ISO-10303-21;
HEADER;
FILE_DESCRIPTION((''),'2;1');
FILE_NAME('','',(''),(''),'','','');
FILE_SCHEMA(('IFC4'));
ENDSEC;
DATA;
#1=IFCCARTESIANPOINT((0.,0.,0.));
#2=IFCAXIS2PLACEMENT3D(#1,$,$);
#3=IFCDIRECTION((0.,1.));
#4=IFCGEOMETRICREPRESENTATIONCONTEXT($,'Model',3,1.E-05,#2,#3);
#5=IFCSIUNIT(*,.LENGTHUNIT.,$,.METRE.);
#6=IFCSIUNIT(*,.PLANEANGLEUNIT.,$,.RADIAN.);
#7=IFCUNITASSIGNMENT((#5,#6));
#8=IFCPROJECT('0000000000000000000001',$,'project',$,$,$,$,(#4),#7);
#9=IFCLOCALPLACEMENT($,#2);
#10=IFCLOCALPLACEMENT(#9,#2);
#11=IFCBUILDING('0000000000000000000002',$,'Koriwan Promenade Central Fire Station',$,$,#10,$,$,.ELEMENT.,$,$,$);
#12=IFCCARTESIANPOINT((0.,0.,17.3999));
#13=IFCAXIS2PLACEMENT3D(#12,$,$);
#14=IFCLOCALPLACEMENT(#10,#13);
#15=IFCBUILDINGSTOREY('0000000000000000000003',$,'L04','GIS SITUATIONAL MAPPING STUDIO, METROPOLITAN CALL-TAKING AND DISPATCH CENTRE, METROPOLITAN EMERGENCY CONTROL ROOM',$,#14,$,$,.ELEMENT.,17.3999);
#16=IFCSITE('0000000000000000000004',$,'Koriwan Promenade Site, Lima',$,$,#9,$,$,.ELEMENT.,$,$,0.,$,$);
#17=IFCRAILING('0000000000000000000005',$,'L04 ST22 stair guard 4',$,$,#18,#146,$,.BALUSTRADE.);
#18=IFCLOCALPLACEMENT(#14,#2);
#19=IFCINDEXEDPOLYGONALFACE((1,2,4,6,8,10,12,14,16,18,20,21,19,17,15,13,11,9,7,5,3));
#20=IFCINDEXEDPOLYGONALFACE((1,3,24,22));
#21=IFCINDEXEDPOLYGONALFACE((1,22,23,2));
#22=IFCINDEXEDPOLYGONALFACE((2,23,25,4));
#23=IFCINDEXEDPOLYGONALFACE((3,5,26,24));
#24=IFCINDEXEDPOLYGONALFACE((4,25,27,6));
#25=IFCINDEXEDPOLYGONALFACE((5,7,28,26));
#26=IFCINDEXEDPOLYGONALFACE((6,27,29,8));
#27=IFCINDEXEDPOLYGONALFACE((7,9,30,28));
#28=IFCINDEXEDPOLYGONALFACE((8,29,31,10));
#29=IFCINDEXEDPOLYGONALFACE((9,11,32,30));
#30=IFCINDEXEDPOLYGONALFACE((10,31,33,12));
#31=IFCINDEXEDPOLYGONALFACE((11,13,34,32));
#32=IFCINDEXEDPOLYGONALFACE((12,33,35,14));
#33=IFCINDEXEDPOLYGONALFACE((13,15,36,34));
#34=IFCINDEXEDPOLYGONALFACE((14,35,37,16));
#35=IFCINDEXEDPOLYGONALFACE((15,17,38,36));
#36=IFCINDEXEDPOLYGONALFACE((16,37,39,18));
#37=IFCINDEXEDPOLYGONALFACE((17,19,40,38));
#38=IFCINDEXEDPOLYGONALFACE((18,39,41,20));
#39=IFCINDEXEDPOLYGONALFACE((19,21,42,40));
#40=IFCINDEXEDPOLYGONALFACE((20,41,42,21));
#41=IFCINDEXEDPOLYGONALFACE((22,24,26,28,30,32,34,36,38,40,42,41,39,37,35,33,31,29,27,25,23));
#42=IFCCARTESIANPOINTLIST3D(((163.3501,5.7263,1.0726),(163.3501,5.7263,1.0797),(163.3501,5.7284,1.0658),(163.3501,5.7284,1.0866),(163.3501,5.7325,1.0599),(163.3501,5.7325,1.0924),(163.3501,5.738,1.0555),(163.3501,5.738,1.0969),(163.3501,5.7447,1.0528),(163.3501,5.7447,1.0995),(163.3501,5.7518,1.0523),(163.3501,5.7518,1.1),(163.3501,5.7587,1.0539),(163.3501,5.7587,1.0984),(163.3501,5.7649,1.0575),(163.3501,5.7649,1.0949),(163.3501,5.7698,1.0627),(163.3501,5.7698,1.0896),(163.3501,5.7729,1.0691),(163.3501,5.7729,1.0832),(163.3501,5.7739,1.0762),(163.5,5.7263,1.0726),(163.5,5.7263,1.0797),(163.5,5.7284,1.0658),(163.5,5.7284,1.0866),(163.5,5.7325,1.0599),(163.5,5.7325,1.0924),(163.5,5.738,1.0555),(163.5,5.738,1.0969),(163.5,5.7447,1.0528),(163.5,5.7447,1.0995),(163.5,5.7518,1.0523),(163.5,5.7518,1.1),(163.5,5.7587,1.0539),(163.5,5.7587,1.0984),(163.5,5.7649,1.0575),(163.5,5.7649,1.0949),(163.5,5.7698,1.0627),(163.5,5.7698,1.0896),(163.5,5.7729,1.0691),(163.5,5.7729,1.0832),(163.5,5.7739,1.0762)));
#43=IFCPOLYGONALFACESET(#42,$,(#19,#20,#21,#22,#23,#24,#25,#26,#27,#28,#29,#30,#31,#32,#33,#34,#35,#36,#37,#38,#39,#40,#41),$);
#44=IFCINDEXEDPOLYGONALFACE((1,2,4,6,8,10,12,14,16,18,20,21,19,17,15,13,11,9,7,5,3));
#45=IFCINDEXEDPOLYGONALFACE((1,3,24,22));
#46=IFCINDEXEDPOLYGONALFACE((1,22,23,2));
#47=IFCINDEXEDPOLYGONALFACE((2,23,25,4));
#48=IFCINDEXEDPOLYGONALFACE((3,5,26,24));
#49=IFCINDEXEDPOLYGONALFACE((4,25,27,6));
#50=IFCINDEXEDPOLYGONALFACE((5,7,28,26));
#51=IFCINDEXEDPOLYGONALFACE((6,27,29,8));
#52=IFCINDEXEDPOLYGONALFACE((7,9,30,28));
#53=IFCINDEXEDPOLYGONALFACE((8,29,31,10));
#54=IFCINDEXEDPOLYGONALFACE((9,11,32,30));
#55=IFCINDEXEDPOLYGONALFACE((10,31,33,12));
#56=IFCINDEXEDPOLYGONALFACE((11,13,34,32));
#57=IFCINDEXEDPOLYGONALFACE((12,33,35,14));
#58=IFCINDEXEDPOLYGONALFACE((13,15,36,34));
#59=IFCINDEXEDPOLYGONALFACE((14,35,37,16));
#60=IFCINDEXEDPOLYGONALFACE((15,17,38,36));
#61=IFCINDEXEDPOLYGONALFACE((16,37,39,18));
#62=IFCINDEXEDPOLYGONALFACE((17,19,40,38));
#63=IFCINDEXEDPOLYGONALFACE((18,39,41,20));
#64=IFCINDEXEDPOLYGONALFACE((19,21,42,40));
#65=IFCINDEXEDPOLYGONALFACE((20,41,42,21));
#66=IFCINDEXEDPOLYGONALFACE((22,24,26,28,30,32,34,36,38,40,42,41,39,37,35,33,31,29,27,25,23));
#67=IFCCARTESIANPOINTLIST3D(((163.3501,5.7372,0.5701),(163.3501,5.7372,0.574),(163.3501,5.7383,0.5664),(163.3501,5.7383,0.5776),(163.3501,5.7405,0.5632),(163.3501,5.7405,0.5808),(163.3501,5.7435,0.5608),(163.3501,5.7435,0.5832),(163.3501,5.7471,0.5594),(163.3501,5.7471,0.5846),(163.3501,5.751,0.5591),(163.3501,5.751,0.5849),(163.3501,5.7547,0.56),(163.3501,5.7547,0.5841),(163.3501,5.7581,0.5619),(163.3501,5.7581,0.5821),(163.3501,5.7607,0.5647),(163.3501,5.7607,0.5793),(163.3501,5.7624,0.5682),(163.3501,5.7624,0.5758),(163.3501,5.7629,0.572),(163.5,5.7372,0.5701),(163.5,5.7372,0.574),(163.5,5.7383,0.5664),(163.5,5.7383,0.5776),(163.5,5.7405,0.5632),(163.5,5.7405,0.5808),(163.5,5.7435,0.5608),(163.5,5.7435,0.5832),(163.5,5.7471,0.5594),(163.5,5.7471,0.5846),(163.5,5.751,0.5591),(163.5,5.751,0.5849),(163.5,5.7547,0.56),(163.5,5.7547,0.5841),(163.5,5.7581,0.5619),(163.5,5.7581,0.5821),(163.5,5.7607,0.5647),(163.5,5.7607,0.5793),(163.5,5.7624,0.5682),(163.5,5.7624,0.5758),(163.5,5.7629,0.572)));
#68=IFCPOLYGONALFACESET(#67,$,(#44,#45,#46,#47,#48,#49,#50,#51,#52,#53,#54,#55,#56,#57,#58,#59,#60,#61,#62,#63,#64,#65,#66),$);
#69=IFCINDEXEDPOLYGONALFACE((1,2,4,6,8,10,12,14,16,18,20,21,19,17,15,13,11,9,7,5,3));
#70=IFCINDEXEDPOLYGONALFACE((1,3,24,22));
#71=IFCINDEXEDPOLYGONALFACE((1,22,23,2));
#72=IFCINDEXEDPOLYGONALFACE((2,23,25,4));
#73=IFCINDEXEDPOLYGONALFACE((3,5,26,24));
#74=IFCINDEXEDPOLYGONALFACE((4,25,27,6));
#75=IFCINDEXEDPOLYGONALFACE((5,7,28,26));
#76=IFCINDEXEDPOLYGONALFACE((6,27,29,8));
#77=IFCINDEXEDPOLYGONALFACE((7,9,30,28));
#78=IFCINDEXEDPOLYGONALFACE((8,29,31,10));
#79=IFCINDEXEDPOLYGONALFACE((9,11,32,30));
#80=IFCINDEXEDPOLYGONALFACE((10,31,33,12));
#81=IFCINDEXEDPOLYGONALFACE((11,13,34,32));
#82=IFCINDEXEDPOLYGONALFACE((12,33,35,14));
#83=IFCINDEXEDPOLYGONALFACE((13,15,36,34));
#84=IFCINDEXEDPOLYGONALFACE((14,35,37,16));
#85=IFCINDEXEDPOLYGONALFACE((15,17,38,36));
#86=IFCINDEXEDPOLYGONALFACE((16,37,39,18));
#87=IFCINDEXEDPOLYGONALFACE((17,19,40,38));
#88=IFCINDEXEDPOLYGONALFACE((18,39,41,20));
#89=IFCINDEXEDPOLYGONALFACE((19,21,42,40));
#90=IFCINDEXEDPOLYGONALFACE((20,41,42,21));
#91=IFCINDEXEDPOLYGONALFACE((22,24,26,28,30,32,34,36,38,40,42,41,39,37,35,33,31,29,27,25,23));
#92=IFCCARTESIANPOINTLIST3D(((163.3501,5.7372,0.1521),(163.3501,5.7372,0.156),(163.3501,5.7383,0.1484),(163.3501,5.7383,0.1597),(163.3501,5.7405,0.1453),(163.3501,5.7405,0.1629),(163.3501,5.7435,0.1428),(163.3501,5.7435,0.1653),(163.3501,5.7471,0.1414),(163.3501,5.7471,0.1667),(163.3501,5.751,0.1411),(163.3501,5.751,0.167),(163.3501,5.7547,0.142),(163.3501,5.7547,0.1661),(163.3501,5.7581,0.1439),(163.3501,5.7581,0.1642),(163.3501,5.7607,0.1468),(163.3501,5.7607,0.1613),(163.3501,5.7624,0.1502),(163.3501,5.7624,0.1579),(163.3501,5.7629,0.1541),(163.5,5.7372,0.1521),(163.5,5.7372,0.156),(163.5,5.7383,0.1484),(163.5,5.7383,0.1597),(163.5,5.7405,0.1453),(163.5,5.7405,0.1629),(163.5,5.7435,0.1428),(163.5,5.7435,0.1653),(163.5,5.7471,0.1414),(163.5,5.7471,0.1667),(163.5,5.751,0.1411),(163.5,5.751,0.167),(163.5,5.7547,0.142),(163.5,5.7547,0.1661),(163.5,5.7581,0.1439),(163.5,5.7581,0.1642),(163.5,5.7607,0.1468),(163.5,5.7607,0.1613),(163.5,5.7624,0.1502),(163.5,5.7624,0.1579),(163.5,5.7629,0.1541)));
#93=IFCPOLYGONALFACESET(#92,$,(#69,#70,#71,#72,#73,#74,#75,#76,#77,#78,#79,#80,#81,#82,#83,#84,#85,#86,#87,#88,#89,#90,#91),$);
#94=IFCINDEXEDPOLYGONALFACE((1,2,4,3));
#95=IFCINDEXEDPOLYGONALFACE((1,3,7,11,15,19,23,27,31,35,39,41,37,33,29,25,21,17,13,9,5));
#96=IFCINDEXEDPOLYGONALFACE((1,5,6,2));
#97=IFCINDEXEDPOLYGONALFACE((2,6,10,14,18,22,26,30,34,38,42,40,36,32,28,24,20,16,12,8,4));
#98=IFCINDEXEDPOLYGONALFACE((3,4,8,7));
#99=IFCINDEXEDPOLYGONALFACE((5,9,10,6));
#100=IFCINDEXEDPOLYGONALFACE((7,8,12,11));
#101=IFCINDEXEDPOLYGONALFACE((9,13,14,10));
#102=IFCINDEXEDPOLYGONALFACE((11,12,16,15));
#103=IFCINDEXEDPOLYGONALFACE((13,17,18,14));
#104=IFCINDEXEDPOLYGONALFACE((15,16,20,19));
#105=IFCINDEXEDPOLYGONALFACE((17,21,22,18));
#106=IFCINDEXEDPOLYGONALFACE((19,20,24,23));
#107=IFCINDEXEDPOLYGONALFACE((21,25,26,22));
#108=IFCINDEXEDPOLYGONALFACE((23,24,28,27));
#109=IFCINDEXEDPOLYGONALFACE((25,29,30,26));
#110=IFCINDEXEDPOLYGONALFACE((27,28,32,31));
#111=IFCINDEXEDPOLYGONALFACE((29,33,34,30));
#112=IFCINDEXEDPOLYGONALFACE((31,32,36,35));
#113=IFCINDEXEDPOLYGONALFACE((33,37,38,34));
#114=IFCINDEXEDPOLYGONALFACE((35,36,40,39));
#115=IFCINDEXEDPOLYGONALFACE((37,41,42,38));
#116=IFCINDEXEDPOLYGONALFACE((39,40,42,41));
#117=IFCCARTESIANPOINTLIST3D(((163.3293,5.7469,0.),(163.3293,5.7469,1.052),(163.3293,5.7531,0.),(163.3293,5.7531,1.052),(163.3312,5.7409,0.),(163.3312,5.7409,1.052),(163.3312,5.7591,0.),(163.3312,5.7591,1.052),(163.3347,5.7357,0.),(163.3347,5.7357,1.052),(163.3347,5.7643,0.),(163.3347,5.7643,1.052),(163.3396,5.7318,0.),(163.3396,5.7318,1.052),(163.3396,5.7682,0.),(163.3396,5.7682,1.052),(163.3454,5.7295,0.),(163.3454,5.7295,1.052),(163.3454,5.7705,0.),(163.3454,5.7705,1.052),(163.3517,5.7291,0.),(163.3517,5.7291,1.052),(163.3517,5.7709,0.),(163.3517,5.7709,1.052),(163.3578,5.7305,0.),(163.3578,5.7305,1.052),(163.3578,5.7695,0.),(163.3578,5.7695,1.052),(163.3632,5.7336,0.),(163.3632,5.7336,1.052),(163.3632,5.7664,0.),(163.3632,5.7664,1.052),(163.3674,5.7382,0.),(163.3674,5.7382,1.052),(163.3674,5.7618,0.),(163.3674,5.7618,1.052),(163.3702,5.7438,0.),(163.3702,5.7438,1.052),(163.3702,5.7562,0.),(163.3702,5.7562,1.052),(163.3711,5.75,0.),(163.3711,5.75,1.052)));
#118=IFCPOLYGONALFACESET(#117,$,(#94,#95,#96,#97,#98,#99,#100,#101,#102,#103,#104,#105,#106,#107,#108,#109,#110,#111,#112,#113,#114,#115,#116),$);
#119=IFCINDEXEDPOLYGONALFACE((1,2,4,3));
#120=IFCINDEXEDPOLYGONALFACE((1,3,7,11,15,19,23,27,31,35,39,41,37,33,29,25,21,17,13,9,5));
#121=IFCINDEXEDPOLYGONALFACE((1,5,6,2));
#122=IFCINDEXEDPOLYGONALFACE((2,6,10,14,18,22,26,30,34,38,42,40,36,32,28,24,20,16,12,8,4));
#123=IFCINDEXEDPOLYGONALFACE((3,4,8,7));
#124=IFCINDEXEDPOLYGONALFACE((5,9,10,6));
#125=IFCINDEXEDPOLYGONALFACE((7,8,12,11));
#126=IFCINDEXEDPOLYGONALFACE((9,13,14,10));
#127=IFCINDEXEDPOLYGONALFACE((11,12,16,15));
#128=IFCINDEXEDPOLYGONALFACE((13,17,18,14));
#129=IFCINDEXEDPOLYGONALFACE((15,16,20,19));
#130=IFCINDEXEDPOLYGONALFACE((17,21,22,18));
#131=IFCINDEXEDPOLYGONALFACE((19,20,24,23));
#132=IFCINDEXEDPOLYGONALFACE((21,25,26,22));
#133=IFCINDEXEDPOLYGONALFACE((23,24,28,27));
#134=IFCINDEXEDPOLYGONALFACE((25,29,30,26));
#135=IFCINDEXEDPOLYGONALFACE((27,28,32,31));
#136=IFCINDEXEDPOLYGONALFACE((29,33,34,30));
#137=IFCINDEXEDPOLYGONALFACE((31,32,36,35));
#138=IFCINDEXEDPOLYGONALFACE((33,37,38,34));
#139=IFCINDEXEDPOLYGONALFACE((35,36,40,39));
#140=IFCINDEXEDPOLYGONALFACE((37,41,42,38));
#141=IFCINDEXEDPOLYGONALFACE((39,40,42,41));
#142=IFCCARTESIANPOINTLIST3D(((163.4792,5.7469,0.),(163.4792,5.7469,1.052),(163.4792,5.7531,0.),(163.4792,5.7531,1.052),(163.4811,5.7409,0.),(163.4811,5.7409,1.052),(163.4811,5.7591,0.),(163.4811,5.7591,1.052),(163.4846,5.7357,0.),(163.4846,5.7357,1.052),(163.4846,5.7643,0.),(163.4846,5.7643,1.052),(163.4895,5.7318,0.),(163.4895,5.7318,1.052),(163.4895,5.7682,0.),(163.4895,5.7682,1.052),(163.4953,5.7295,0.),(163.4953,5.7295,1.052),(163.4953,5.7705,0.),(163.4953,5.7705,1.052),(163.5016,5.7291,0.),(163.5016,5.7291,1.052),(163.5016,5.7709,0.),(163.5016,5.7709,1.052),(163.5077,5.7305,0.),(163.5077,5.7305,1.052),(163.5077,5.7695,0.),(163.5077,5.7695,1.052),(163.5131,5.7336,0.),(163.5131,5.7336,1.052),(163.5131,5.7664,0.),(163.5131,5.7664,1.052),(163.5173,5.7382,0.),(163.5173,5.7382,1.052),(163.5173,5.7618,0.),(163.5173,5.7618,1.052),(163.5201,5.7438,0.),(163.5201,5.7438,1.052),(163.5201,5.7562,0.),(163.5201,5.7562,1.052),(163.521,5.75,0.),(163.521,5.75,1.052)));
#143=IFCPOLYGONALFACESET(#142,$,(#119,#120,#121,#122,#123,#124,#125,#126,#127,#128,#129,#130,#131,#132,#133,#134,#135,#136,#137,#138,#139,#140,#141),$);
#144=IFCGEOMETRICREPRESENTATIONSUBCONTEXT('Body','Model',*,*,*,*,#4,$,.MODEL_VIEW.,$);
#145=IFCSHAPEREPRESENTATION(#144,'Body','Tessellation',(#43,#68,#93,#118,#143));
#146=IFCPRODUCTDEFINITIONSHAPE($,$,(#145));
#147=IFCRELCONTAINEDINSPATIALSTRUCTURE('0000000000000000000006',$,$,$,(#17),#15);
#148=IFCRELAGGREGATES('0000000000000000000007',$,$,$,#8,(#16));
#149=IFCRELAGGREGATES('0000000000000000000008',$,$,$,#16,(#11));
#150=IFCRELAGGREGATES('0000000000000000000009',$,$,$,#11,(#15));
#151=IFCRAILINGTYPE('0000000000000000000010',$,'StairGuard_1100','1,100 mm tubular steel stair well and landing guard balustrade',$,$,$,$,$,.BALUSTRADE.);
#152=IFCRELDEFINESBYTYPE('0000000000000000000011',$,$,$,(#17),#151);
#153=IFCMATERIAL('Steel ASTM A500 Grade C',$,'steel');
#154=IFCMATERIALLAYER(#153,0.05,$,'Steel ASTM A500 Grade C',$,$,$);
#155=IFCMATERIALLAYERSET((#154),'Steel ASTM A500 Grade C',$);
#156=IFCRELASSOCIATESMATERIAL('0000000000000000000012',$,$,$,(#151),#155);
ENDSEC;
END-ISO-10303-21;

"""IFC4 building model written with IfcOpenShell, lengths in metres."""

from ifc_helpers import new_model, si_unit, direction, frame, origin, origin_2d, place, context, subcontext, project, spatial, circle, extrude, material, layer, layer_set, type_object, element, save


model = new_model("IFC4")

# Units and contexts
model_context = context("Model", 3, precision=1e-05, world=origin(), true_north=direction((0.0, 1.0)))
body_context = subcontext(model_context, "Body", "Model", "MODEL_VIEW")
ifc_project = project(units=[si_unit("LENGTHUNIT", "METRE"), si_unit("PLANEANGLEUNIT", "RADIAN")], contexts=[model_context])

# Site, building, storey
site_placement = place(None, origin())
site = spatial("IfcSite", under=ifc_project, at=site_placement, Name="Koriwan Promenade Site, Lima", CompositionType="ELEMENT", RefElevation=0.0)
building_placement = place(site_placement, origin())
building = spatial("IfcBuilding", under=site, at=building_placement, Name="Koriwan Promenade Central Fire Station", CompositionType="ELEMENT")
storey_placement = place(building_placement, frame((0.0, 0.0, 17.3999)))
storey = spatial("IfcBuildingStorey", under=building, at=storey_placement, Name="L04", Description="GIS SITUATIONAL MAPPING STUDIO, METROPOLITAN CALL-TAKING AND DISPATCH CENTRE, METROPOLITAN EMERGENCY CONTROL ROOM", CompositionType="ELEMENT", Elevation=17.3999)

# Railing
ifc_material_1 = material(Name="Steel ASTM A500 Grade C", Category="steel")
ifc_layer_1 = layer(ifc_material_1, 0.05, Name="Steel ASTM A500 Grade C")
ifc_layer_set_1 = layer_set([ifc_layer_1], Name="Steel ASTM A500 Grade C")
railing_type_1 = type_object("IfcRailingType", Name="StairGuard_1100", Description="1,100 mm tubular steel stair well and landing guard balustrade", PredefinedType="BALUSTRADE", material=ifc_layer_set_1)
railing_1_placement = place(storey_placement, frame((163.3501, 5.75, 0.0)))
element("IfcRailing", 1, at=railing_1_placement, inside=storey, type_object=railing_type_1, Name="L04 ST22 stair guard 4", PredefinedType="BALUSTRADE", context=body_context, shape_type="SweptSolid", body=[
    extrude(circle(Radius=0.0239, at=origin_2d()), frame((0.0, 0.0, 1.0762), z_axis=(1.0, 0.0, 0.0), x_axis=(0.0, 1.0, 0.0)), (0.0, 0.0, 1.0), 0.1499),
    extrude(circle(Radius=0.0129, at=origin_2d()), frame((0.0, 0.0, 0.572), z_axis=(1.0, 0.0, 0.0), x_axis=(0.0, 1.0, 0.0)), (0.0, 0.0, 1.0), 0.1499),
    extrude(circle(Radius=0.0129, at=origin_2d()), frame((0.0, 0.0, 0.1541), z_axis=(1.0, 0.0, 0.0), x_axis=(0.0, 1.0, 0.0)), (0.0, 0.0, 1.0), 0.1499),
    extrude(circle(Radius=0.021, at=origin_2d()), origin(), (0.0, 0.0, 1.0), 1.052),
    extrude(circle(Radius=0.021, at=origin_2d()), frame((0.1499, 0.0, 0.0)), (0.0, 0.0, 1.0), 1.052),
])

save(model, "model.ifc")
